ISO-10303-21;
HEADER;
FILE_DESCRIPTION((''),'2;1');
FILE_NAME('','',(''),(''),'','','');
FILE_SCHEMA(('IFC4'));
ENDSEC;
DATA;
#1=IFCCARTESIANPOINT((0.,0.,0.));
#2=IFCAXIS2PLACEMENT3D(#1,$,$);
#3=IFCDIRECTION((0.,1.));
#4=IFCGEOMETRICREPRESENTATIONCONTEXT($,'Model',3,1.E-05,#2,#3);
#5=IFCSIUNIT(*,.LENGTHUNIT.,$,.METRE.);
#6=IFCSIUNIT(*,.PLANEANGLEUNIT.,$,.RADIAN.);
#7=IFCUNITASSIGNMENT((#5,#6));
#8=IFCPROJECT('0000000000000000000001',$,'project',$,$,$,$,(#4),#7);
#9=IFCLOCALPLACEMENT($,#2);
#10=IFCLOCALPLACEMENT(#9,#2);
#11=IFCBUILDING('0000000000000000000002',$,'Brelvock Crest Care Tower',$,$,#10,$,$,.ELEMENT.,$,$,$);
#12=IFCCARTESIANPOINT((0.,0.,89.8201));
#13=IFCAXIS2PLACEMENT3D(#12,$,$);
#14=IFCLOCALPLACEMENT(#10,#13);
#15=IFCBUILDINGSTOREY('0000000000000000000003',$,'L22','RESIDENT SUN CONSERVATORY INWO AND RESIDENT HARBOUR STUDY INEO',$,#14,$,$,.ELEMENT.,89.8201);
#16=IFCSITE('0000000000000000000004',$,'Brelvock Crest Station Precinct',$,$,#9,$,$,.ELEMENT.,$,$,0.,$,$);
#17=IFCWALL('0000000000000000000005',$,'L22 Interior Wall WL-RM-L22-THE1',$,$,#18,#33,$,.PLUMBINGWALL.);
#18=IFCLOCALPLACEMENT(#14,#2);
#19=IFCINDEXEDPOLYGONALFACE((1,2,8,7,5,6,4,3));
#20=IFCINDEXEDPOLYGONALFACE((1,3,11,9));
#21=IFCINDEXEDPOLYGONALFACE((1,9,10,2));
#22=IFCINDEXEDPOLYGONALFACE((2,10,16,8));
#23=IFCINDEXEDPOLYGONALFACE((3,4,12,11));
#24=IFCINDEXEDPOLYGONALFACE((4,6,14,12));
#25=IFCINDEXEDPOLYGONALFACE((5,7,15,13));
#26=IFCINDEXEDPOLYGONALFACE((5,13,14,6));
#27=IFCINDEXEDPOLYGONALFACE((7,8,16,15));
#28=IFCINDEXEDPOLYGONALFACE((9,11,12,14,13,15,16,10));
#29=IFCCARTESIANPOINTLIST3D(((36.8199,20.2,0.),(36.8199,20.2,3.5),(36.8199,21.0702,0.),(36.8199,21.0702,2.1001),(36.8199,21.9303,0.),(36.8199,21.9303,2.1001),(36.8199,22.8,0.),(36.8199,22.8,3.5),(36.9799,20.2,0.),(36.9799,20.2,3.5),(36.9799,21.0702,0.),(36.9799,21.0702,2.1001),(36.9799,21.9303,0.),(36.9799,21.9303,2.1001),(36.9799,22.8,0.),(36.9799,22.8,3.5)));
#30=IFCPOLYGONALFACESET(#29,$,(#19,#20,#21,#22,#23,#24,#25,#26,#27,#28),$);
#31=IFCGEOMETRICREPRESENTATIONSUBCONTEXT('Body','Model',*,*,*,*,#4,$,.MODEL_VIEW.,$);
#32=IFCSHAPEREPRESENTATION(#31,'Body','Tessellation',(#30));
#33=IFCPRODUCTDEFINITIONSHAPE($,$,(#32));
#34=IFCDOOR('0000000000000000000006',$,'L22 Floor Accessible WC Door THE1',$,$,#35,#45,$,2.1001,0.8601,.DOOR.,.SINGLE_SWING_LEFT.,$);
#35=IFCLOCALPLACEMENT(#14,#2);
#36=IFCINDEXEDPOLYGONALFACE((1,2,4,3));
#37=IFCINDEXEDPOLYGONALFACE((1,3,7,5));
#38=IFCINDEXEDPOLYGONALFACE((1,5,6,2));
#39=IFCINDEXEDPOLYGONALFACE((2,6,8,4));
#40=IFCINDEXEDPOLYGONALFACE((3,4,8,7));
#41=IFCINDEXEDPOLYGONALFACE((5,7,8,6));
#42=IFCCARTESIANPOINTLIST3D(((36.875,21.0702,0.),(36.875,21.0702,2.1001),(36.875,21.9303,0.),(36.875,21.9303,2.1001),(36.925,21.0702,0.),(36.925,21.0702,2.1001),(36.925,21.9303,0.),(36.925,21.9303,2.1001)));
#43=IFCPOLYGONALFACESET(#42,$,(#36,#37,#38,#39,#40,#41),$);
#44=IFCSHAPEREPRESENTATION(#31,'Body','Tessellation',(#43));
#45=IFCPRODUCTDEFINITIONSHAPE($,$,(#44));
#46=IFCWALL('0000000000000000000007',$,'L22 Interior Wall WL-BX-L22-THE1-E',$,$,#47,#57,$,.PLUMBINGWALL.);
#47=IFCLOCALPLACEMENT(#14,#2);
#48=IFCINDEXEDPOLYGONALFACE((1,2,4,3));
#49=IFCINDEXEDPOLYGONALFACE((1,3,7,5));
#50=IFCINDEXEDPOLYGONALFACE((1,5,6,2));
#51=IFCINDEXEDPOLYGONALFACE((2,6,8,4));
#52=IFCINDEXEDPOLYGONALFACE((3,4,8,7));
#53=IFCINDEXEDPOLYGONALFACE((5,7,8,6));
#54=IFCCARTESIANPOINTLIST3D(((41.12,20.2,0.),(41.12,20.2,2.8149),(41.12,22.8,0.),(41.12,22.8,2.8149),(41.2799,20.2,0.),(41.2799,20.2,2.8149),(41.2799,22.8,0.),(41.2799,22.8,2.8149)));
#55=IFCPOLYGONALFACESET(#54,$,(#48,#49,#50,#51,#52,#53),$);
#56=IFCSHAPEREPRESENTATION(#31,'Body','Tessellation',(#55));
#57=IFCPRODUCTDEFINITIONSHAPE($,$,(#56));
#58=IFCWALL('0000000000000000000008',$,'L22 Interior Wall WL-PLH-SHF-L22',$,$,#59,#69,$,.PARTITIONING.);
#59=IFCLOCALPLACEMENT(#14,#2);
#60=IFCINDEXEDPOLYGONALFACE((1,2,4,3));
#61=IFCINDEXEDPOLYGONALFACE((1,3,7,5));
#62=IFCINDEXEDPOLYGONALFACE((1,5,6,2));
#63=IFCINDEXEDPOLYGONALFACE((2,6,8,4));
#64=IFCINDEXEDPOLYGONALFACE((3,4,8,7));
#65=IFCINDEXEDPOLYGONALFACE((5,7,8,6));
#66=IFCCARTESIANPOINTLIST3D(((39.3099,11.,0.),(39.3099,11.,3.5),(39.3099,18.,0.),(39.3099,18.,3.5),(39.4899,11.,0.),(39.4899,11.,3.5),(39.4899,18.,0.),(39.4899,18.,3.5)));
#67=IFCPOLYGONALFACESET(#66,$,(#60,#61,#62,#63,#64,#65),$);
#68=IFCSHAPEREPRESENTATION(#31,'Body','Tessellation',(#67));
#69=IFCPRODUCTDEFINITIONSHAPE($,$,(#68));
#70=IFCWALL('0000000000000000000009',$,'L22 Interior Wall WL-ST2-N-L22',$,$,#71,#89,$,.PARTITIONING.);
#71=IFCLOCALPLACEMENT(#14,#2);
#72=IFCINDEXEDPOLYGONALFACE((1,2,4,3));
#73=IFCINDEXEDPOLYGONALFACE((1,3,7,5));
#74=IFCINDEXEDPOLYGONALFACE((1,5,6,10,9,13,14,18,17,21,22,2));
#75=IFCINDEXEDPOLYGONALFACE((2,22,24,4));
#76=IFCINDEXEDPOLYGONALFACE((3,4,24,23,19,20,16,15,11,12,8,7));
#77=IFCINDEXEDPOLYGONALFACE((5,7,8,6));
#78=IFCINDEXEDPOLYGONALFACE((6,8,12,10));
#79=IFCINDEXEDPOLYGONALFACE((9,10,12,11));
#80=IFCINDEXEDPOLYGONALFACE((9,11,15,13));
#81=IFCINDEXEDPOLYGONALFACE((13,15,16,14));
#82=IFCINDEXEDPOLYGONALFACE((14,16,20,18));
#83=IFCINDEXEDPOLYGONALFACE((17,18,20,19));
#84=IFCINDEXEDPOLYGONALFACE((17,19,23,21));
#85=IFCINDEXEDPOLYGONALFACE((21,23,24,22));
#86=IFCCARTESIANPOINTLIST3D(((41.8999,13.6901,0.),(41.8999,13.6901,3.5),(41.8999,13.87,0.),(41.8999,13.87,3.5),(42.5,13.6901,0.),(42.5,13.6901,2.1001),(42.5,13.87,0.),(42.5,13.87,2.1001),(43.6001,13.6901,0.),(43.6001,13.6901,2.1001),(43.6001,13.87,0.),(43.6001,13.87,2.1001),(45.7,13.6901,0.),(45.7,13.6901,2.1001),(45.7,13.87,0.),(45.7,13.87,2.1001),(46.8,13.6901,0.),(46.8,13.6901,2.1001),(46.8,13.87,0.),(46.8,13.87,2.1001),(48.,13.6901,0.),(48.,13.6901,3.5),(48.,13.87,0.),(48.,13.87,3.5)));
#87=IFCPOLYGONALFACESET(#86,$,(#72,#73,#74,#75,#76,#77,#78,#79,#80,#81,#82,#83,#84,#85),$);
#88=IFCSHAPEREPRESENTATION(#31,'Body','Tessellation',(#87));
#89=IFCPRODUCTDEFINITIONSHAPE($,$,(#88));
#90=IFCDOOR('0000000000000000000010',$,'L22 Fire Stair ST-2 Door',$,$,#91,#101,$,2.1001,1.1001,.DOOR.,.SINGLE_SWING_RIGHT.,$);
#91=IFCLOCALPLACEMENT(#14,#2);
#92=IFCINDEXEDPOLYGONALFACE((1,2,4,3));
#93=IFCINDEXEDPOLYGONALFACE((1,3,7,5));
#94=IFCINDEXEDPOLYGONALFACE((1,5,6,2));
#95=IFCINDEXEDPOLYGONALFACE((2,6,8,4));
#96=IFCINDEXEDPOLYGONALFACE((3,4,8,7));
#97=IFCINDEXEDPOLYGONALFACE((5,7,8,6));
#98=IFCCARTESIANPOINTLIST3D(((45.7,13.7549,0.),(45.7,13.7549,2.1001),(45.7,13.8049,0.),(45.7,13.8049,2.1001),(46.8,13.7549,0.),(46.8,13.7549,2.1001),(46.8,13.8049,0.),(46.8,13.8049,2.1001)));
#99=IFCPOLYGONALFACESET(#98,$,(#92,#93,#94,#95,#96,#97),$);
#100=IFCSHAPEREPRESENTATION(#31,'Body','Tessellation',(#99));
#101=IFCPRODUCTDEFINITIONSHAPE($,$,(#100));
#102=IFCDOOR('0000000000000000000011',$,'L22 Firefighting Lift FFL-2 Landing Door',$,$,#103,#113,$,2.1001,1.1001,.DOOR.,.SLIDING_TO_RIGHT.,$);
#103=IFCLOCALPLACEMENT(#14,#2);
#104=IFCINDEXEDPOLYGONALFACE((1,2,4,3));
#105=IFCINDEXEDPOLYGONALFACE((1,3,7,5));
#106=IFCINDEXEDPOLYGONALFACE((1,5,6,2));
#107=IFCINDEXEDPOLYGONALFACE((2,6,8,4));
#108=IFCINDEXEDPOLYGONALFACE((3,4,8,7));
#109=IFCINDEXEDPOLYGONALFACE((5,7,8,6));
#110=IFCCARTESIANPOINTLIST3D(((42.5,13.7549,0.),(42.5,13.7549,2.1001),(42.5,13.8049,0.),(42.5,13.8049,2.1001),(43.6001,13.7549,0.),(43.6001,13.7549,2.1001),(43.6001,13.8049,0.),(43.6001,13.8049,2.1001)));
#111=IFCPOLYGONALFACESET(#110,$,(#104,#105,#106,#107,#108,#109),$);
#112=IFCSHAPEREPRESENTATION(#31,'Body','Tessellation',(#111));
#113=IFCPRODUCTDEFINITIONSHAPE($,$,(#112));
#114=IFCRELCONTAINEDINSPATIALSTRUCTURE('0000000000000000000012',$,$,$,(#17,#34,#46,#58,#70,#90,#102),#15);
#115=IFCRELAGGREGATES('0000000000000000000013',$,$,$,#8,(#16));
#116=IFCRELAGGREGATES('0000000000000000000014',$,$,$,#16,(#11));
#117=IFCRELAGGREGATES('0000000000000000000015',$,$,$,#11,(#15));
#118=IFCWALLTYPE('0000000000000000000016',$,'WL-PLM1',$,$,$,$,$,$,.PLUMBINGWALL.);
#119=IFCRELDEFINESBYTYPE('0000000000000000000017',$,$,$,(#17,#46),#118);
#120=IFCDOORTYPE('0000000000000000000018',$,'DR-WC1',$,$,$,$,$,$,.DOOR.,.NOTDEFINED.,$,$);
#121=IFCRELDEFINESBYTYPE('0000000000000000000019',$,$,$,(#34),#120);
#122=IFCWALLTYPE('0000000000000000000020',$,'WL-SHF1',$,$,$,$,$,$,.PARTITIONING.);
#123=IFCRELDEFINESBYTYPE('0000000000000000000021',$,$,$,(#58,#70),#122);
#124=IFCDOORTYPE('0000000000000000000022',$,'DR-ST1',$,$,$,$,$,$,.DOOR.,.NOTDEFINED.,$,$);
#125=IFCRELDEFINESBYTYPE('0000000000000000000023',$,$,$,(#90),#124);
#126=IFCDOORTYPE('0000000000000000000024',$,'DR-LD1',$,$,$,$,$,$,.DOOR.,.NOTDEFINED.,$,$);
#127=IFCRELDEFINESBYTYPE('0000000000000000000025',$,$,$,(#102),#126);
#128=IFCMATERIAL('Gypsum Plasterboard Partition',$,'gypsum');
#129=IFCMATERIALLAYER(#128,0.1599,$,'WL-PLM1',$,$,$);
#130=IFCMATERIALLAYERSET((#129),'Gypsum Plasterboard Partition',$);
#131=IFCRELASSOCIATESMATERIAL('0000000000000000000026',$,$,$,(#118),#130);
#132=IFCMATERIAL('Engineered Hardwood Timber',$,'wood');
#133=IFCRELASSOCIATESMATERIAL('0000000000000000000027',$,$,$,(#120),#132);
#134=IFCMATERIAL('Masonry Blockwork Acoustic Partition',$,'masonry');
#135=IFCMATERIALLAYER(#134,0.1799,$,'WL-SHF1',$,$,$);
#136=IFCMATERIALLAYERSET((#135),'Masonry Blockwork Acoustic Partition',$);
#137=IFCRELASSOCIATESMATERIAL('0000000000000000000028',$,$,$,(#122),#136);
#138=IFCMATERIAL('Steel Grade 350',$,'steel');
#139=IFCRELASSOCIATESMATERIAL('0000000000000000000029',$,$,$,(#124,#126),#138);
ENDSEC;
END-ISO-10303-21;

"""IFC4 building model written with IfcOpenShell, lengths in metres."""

from ifc_helpers import new_model, si_unit, direction, frame, frame_2d, origin, origin_2d, place, context, subcontext, project, spatial, rectangle, extrude, source, transform, mapped, material, layer, layer_set, type_object, element, fill, save


model = new_model("IFC4")

# Units and contexts
model_context = context("Model", 3, precision=1e-05, world=origin(), true_north=direction((0.0, 1.0)))
body_context = subcontext(model_context, "Body", "Model", "MODEL_VIEW")
ifc_project = project(units=[si_unit("LENGTHUNIT", "METRE"), si_unit("PLANEANGLEUNIT", "RADIAN")], contexts=[model_context])

# Site, building, storey
site_placement = place(None, origin())
site = spatial("IfcSite", under=ifc_project, at=site_placement, Name="Brelvock Crest Station Precinct", CompositionType="ELEMENT", RefElevation=0.0)
building_placement = place(site_placement, origin())
building = spatial("IfcBuilding", under=site, at=building_placement, Name="Brelvock Crest Care Tower", CompositionType="ELEMENT")
storey_placement = place(building_placement, frame((0.0, 0.0, 89.8201)))
storey = spatial("IfcBuildingStorey", under=building, at=storey_placement, Name="L22", Description="RESIDENT SUN CONSERVATORY INWO AND RESIDENT HARBOUR STUDY INEO", CompositionType="ELEMENT", Elevation=89.8201)

# Shared definitions
ifc_material_1 = material(Name="Steel Grade 350", Category="steel")

# Shared definitions
ifc_material_2 = material(Name="Masonry Blockwork Acoustic Partition", Category="masonry")

# Shared definitions
ifc_material_3 = material(Name="Engineered Hardwood Timber", Category="wood")

# Shared definitions
ifc_material_4 = material(Name="Gypsum Plasterboard Partition", Category="gypsum")
ifc_layer_1 = layer(ifc_material_4, 0.1599, Name="WL-PLM1")
ifc_layer_set_1 = layer_set([ifc_layer_1], Name="Gypsum Plasterboard Partition")
wall_type_1 = type_object("IfcWallType", Name="WL-PLM1", PredefinedType="PLUMBINGWALL", material=ifc_layer_set_1)

# Wall, opening, door
wall_1_placement = place(storey_placement, frame((36.8999, 20.2, 0.0), z_axis=(0.0, 0.0, 1.0), x_axis=(0.0, 1.0, 0.0)))
wall_1 = element("IfcWall", 1, at=wall_1_placement, inside=storey, type_object=wall_type_1, Name="L22 Interior Wall WL-RM-L22-THE1", PredefinedType="PLUMBINGWALL", context=body_context, shape_type="SweptSolid", body=[
    extrude(rectangle(XDim=2.6001, YDim=0.1599, at=frame_2d((1.3, 0.0))), origin(), (0.0, 0.0, 1.0), 3.5),
])
opening_1_placement = place(wall_1_placement, frame((0.8701, 0.0, 0.0)))
opening_1 = element("IfcOpeningElement", 2, at=opening_1_placement, cuts=wall_1, PredefinedType="OPENING", context=body_context, shape_type="SweptSolid", body=[
    extrude(rectangle(XDim=0.8601, YDim=2.1001, at=origin_2d()), frame((0.4302, 0.0898, 1.05), z_axis=(0.0, -1.0, 0.0), x_axis=(1.0, 0.0, 0.0)), (0.0, 0.0, 1.0), 0.1799),
])
door_type_1 = type_object("IfcDoorType", Name="DR-WC1", OperationType="NOTDEFINED", PredefinedType="DOOR", material=ifc_material_3)
shared_shape_1 = source(origin(), body_context, "Body", "SweptSolid", [
    extrude(rectangle(XDim=0.8601, YDim=2.1001, at=origin_2d()), frame((0.4302, 0.0249, 1.05), z_axis=(0.0, -1.0, 0.0), x_axis=(1.0, 0.0, 0.0)), (0.0, 0.0, 1.0), 0.05),
])
door_1_placement = place(opening_1_placement, origin())
door_1 = element("IfcDoor", 3, at=door_1_placement, inside=storey, type_object=door_type_1, Name="L22 Floor Accessible WC Door THE1", OperationType="SINGLE_SWING_LEFT", OverallHeight=2.1001, OverallWidth=0.8601, PredefinedType="DOOR", context=body_context, shape_type="MappedRepresentation", body=[
    mapped(shared_shape_1, transform((0.0, 0.0, 0.0), x_axis=(1.0, 0.0, 0.0), y_axis=(0.0, 1.0, 0.0), z_axis=(0.0, 0.0, 1.0), scale=1.0)),
])
fill(opening_1, door_1)

# Walls
wall_2_placement = place(storey_placement, frame((41.2, 20.2, 0.0), z_axis=(0.0, 0.0, 1.0), x_axis=(0.0, 1.0, 0.0)))
element("IfcWall", 4, at=wall_2_placement, inside=storey, type_object=wall_type_1, Name="L22 Interior Wall WL-BX-L22-THE1-E", PredefinedType="PLUMBINGWALL", context=body_context, shape_type="SweptSolid", body=[
    extrude(rectangle(XDim=2.6001, YDim=0.1599, at=frame_2d((1.3, 0.0))), origin(), (0.0, 0.0, 1.0), 2.8149),
])
ifc_layer_2 = layer(ifc_material_2, 0.1799, Name="WL-SHF1")
ifc_layer_set_2 = layer_set([ifc_layer_2], Name="Masonry Blockwork Acoustic Partition")
wall_type_2 = type_object("IfcWallType", Name="WL-SHF1", PredefinedType="PARTITIONING", material=ifc_layer_set_2)
wall_3_placement = place(storey_placement, frame((39.3999, 11.0, 0.0), z_axis=(0.0, 0.0, 1.0), x_axis=(0.0, 1.0, 0.0)))
element("IfcWall", 5, at=wall_3_placement, inside=storey, type_object=wall_type_2, Name="L22 Interior Wall WL-PLH-SHF-L22", PredefinedType="PARTITIONING", context=body_context, shape_type="SweptSolid", body=[
    extrude(rectangle(XDim=7.0, YDim=0.1799, at=frame_2d((3.5, 0.0))), origin(), (0.0, 0.0, 1.0), 3.5),
])

# Wall, openings, doors
wall_4_placement = place(storey_placement, frame((41.8999, 13.78, 0.0), z_axis=(0.0, 0.0, 1.0), x_axis=(1.0, 0.0, 0.0)))
wall_4 = element("IfcWall", 6, at=wall_4_placement, inside=storey, type_object=wall_type_2, Name="L22 Interior Wall WL-ST2-N-L22", PredefinedType="PARTITIONING", context=body_context, shape_type="SweptSolid", body=[
    extrude(rectangle(XDim=6.1001, YDim=0.1799, at=frame_2d((3.05, 0.0))), origin(), (0.0, 0.0, 1.0), 3.5),
])
opening_2_placement = place(wall_4_placement, frame((0.6001, 0.0, 0.0)))
opening_2 = element("IfcOpeningElement", 7, at=opening_2_placement, cuts=wall_4, PredefinedType="OPENING", context=body_context, shape_type="SweptSolid", body=[
    extrude(rectangle(XDim=1.1001, YDim=2.1001, at=origin_2d()), frame((0.55, 0.1001, 1.05), z_axis=(0.0, -1.0, 0.0), x_axis=(1.0, 0.0, 0.0)), (0.0, 0.0, 1.0), 0.2),
])
opening_3_placement = place(wall_4_placement, frame((3.8, 0.0, 0.0)))
opening_3 = element("IfcOpeningElement", 8, at=opening_3_placement, cuts=wall_4, PredefinedType="OPENING", context=body_context, shape_type="SweptSolid", body=[
    extrude(rectangle(XDim=1.1001, YDim=2.1001, at=origin_2d()), frame((0.55, 0.1001, 1.05), z_axis=(0.0, -1.0, 0.0), x_axis=(1.0, 0.0, 0.0)), (0.0, 0.0, 1.0), 0.2),
])
door_type_2 = type_object("IfcDoorType", Name="DR-ST1", OperationType="NOTDEFINED", PredefinedType="DOOR", material=ifc_material_1)
shared_shape_2 = source(origin(), body_context, "Body", "SweptSolid", [
    extrude(rectangle(XDim=1.1001, YDim=2.1001, at=origin_2d()), frame((0.55, 0.0249, 1.05), z_axis=(0.0, -1.0, 0.0), x_axis=(1.0, 0.0, 0.0)), (0.0, 0.0, 1.0), 0.05),
])
door_2_placement = place(opening_3_placement, origin())
door_2 = element("IfcDoor", 9, at=door_2_placement, inside=storey, type_object=door_type_2, Name="L22 Fire Stair ST-2 Door", OperationType="SINGLE_SWING_RIGHT", OverallHeight=2.1001, OverallWidth=1.1001, PredefinedType="DOOR", context=body_context, shape_type="MappedRepresentation", body=[
    mapped(shared_shape_2, transform((0.0, 0.0, 0.0), x_axis=(1.0, 0.0, 0.0), y_axis=(0.0, 1.0, 0.0), z_axis=(0.0, 0.0, 1.0), scale=1.0)),
])
fill(opening_3, door_2)
door_type_3 = type_object("IfcDoorType", Name="DR-LD1", OperationType="NOTDEFINED", PredefinedType="DOOR", material=ifc_material_1)
shared_shape_3 = source(origin(), body_context, "Body", "SweptSolid", [
    extrude(rectangle(XDim=1.1001, YDim=2.1001, at=origin_2d()), frame((0.55, 0.0249, 1.05), z_axis=(0.0, -1.0, 0.0), x_axis=(1.0, 0.0, 0.0)), (0.0, 0.0, 1.0), 0.05),
])
door_3_placement = place(opening_2_placement, origin())
door_3 = element("IfcDoor", 10, at=door_3_placement, inside=storey, type_object=door_type_3, Name="L22 Firefighting Lift FFL-2 Landing Door", OperationType="SLIDING_TO_RIGHT", OverallHeight=2.1001, OverallWidth=1.1001, PredefinedType="DOOR", context=body_context, shape_type="MappedRepresentation", body=[
    mapped(shared_shape_3, transform((0.0, 0.0, 0.0), x_axis=(1.0, 0.0, 0.0), y_axis=(0.0, 1.0, 0.0), z_axis=(0.0, 0.0, 1.0), scale=1.0)),
])
fill(opening_2, door_3)

save(model, "model.ifc")
